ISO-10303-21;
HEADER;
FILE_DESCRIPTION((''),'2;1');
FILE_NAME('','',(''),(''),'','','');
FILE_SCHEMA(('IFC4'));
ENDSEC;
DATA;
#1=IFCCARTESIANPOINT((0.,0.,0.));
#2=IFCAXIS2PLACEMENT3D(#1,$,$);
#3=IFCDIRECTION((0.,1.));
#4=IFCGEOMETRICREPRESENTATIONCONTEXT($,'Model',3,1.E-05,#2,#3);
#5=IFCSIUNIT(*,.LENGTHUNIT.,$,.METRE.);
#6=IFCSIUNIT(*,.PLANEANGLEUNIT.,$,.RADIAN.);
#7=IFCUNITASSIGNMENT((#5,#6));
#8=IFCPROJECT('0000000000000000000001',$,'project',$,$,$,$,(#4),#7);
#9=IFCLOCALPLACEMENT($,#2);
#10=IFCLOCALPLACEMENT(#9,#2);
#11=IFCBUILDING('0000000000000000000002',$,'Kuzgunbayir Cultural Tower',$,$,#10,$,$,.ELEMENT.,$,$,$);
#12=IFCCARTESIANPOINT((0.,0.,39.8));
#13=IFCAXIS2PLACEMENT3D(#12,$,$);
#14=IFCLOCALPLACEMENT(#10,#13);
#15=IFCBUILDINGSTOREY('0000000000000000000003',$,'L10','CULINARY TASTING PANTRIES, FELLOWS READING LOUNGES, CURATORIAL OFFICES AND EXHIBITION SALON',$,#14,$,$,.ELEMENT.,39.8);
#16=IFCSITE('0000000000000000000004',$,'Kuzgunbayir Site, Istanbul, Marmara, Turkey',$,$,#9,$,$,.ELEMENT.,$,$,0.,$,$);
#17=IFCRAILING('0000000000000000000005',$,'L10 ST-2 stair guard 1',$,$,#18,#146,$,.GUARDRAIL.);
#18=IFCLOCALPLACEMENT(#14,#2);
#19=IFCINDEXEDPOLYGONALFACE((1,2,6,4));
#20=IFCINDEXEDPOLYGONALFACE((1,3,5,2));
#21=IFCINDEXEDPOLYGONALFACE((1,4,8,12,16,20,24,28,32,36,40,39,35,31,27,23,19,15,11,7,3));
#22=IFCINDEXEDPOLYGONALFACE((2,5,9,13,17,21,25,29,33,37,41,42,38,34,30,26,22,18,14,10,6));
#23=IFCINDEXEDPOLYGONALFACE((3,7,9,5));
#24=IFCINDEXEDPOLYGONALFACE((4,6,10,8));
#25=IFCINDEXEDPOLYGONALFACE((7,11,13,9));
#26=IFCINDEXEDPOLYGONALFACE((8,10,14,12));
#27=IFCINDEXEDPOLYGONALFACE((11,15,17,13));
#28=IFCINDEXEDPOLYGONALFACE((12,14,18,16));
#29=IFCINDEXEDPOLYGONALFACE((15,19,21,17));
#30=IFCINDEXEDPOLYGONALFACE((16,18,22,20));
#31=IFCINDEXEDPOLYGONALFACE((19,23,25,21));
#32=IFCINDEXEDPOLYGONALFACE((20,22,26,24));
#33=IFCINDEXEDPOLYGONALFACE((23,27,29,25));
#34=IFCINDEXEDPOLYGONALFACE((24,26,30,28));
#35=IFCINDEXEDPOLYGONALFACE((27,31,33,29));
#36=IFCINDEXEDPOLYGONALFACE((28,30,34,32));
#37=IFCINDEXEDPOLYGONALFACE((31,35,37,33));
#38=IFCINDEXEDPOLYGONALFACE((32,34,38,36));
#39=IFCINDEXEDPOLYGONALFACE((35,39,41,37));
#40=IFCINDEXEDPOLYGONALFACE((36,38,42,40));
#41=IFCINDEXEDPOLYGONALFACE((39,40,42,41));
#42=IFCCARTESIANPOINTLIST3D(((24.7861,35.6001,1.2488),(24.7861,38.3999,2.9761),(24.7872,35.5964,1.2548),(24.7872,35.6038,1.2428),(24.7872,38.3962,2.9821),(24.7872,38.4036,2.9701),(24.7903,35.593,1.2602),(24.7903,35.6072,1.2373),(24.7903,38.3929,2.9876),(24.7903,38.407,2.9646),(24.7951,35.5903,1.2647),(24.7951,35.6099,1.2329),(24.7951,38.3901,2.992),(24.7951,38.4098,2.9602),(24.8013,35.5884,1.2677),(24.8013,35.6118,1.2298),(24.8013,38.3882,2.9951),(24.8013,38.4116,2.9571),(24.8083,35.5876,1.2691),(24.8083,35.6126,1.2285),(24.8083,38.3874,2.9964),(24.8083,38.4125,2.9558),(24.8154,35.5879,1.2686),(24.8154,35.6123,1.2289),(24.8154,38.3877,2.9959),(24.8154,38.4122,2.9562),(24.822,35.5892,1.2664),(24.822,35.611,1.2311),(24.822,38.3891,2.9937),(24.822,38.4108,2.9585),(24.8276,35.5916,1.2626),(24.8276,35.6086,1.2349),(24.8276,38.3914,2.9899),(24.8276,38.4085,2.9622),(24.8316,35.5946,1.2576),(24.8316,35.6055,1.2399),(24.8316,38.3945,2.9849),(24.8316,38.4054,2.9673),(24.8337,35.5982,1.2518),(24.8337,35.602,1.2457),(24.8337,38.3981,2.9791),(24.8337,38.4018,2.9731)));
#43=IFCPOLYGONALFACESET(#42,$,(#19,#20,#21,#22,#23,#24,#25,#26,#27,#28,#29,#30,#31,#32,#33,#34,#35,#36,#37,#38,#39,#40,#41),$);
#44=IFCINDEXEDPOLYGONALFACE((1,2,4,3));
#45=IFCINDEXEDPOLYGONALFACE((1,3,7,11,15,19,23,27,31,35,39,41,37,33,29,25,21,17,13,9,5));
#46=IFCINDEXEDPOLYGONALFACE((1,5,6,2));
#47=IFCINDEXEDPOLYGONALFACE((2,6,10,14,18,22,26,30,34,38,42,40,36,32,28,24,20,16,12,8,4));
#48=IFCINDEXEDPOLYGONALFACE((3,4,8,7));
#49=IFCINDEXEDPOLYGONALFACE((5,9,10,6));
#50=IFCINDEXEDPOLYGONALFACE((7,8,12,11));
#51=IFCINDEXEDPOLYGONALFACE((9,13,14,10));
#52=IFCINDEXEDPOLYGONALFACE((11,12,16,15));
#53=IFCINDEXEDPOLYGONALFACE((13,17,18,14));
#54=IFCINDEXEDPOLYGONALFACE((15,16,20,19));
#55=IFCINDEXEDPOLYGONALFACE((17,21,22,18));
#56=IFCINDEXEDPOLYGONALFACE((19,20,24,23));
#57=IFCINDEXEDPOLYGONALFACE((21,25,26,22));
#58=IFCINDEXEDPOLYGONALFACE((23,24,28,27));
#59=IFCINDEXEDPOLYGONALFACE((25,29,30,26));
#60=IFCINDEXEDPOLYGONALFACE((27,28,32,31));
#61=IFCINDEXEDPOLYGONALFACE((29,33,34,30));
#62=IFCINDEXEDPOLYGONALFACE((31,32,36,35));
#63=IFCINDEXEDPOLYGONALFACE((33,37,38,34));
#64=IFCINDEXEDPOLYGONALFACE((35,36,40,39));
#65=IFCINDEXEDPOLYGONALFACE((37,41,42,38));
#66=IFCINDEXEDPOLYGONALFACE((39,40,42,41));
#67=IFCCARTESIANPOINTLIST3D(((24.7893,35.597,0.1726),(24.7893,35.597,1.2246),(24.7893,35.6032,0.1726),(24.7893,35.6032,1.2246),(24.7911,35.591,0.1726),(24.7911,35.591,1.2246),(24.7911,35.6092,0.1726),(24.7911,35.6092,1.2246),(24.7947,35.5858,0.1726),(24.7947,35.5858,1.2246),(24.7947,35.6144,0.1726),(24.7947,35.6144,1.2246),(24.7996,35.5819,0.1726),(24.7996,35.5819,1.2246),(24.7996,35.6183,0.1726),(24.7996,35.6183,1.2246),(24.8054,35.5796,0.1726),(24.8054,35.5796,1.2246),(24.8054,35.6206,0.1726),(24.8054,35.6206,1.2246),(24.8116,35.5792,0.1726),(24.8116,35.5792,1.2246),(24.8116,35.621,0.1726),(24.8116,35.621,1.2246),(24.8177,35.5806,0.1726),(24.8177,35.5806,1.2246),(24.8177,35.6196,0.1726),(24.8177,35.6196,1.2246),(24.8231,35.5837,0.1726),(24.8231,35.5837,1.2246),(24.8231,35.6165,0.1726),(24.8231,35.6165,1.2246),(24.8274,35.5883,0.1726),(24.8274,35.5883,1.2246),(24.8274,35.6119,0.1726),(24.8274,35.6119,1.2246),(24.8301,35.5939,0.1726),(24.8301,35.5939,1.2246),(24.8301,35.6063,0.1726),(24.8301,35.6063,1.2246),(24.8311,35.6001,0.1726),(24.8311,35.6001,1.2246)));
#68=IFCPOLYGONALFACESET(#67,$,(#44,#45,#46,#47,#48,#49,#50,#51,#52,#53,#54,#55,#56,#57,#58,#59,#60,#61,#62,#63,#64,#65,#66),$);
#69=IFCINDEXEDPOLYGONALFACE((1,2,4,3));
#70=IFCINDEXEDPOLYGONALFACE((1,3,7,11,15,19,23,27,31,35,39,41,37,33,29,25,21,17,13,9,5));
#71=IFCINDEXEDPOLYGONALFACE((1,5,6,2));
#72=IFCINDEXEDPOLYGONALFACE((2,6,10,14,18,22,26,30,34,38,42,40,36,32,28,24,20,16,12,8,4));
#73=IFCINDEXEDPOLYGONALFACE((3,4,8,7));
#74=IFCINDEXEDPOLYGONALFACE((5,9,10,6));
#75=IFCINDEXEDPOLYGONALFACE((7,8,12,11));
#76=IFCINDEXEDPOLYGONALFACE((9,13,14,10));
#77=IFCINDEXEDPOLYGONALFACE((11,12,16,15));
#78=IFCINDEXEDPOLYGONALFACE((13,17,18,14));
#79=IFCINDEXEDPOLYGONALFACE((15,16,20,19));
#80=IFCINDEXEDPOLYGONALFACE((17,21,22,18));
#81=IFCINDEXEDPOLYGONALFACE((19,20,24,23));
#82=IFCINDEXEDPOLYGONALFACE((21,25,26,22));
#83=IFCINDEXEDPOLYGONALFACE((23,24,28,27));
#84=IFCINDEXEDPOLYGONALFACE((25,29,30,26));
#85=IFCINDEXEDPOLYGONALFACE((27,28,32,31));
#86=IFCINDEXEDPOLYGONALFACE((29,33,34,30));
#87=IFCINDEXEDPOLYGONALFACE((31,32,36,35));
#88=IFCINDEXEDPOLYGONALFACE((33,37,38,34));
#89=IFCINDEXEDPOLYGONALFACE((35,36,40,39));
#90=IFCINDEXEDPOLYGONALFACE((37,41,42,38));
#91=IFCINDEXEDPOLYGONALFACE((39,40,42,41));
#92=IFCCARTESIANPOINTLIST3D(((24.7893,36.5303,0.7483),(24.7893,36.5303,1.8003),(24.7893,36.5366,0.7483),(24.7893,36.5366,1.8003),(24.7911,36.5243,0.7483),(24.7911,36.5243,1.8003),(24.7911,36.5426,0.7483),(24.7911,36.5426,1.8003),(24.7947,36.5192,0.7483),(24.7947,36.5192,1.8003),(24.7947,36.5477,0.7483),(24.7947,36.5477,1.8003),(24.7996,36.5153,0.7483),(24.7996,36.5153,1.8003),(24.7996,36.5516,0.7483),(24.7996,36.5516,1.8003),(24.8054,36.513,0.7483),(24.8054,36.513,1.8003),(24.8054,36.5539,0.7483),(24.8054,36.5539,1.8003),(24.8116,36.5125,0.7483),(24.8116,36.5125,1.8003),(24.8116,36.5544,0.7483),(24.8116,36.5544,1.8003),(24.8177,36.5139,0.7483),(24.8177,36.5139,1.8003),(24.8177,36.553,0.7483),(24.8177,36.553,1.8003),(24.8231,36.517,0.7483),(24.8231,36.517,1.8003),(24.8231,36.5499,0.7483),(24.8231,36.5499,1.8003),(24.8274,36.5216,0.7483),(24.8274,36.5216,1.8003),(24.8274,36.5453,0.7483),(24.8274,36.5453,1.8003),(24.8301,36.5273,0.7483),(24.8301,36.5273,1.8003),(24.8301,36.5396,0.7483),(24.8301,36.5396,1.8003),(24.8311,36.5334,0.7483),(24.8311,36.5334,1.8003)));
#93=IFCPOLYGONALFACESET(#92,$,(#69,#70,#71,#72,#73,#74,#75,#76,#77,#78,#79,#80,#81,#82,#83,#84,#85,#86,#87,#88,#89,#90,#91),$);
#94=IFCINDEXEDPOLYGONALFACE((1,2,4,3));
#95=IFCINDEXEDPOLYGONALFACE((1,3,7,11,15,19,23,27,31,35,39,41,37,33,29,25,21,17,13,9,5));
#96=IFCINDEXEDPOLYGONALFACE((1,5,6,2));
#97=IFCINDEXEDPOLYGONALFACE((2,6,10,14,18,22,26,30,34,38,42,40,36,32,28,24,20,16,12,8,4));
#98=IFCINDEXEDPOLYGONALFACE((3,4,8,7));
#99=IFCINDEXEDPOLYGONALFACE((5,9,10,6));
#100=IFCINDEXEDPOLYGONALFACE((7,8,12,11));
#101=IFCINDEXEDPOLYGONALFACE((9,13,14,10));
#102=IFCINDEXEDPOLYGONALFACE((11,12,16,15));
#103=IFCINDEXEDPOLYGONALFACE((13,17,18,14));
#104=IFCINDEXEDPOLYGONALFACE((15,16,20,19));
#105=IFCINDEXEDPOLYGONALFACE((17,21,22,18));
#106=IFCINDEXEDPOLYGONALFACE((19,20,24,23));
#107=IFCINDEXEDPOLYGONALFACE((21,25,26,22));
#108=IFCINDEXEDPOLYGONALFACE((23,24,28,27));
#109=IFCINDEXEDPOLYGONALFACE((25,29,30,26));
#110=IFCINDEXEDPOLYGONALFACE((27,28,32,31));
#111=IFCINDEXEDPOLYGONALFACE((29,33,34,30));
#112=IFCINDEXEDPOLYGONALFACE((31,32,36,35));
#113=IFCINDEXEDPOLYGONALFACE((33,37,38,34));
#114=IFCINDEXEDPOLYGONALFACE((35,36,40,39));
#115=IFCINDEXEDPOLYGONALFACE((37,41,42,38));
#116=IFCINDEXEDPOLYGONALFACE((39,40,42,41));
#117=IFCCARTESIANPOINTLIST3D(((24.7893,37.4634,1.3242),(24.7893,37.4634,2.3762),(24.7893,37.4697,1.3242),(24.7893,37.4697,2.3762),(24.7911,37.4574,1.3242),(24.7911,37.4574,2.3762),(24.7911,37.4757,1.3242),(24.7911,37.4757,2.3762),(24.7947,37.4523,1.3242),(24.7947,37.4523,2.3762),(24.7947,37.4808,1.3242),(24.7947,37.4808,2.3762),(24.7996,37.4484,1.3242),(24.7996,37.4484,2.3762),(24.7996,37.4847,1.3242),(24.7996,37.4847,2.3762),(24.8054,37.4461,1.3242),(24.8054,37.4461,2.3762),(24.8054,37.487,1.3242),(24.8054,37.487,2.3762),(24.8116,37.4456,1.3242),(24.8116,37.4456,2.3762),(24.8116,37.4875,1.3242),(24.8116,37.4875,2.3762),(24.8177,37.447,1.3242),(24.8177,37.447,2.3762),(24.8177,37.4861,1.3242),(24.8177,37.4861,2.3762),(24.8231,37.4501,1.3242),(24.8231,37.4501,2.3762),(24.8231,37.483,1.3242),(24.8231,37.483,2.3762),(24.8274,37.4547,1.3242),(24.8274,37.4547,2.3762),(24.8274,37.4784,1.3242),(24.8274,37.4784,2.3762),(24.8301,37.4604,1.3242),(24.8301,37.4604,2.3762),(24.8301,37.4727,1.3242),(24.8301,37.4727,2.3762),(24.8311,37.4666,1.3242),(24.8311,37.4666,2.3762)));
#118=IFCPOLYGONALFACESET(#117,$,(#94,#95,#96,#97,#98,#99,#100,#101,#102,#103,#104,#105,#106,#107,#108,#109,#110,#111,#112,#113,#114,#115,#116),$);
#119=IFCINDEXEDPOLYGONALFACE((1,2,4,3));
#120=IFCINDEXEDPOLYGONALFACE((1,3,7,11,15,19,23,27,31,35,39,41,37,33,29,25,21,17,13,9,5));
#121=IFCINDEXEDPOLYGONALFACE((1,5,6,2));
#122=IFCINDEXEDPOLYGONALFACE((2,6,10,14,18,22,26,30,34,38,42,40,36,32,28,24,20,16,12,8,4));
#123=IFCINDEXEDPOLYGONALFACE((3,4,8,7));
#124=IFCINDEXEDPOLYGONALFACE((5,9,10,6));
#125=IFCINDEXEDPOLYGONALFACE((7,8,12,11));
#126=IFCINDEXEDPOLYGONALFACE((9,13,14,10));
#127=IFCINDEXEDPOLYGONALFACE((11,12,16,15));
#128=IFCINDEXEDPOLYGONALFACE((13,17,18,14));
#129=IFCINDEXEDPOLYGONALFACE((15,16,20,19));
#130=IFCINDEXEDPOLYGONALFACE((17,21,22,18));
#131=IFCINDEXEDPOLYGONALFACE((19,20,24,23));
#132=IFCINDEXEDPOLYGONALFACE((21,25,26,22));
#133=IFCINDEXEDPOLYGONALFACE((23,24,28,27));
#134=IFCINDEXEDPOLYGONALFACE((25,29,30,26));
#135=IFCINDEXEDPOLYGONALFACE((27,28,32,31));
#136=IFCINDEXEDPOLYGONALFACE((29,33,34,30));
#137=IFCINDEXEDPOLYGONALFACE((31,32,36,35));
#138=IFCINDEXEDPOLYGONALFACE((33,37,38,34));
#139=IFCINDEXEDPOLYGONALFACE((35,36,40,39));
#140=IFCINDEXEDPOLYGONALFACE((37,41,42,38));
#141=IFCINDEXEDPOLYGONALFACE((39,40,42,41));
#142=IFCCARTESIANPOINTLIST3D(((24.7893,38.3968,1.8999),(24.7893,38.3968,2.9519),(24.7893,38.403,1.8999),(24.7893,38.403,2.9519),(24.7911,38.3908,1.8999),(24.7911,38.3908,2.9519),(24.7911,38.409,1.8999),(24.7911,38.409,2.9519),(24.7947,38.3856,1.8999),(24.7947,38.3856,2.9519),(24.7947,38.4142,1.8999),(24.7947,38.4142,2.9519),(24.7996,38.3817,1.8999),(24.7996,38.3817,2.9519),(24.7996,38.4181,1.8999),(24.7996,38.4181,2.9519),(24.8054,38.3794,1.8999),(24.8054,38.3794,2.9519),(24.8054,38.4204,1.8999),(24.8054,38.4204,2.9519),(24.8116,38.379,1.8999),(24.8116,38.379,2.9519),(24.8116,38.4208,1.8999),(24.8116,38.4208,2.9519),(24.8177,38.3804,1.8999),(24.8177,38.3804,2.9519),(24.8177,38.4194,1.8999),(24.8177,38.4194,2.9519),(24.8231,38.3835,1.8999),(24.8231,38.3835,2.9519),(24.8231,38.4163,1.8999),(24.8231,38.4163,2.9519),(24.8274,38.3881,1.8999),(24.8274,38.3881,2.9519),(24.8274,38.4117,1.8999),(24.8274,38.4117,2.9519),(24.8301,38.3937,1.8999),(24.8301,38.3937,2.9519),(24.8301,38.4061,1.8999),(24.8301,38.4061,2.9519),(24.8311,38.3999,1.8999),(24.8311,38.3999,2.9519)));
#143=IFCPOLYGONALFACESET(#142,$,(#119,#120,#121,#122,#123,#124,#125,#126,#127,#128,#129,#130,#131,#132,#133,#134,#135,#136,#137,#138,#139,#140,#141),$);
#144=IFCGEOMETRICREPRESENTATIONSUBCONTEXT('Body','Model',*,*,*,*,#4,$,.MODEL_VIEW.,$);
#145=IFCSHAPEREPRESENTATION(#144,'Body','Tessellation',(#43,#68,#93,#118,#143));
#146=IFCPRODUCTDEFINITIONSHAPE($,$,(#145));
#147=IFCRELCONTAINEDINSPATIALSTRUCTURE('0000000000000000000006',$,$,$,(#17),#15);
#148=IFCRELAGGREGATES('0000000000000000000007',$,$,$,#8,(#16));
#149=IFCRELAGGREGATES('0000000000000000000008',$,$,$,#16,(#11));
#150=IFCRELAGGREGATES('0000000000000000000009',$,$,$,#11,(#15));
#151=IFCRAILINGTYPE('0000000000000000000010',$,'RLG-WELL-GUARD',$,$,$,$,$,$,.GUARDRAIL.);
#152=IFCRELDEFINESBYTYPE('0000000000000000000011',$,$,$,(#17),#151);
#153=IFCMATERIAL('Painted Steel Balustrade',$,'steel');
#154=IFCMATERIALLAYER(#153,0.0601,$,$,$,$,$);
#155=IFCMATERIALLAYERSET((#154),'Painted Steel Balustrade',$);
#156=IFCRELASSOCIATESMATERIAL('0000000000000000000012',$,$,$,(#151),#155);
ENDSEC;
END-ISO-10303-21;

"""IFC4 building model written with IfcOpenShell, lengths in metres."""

from ifc_helpers import new_model, si_unit, direction, frame, origin, origin_2d, place, context, subcontext, project, spatial, circle, extrude, material, layer, layer_set, type_object, element, save


model = new_model("IFC4")

# Units and contexts
model_context = context("Model", 3, precision=1e-05, world=origin(), true_north=direction((0.0, 1.0)))
body_context = subcontext(model_context, "Body", "Model", "MODEL_VIEW")
ifc_project = project(units=[si_unit("LENGTHUNIT", "METRE"), si_unit("PLANEANGLEUNIT", "RADIAN")], contexts=[model_context])

# Site, building, storey
site_placement = place(None, origin())
site = spatial("IfcSite", under=ifc_project, at=site_placement, Name="Kuzgunbayir Site, Istanbul, Marmara, Turkey", CompositionType="ELEMENT", RefElevation=0.0)
building_placement = place(site_placement, origin())
building = spatial("IfcBuilding", under=site, at=building_placement, Name="Kuzgunbayir Cultural Tower", CompositionType="ELEMENT")
storey_placement = place(building_placement, frame((0.0, 0.0, 39.8)))
storey = spatial("IfcBuildingStorey", under=building, at=storey_placement, Name="L10", Description="CULINARY TASTING PANTRIES, FELLOWS READING LOUNGES, CURATORIAL OFFICES AND EXHIBITION SALON", CompositionType="ELEMENT", Elevation=39.8)

# Railing
ifc_material_1 = material(Name="Painted Steel Balustrade", Category="steel")
ifc_layer_1 = layer(ifc_material_1, 0.0601)
ifc_layer_set_1 = layer_set([ifc_layer_1], Name="Painted Steel Balustrade")
railing_type_1 = type_object("IfcRailingType", Name="RLG-WELL-GUARD", PredefinedType="GUARDRAIL", material=ifc_layer_set_1)
railing_1_placement = place(storey_placement, frame((24.8101, 35.6001, 0.1726)))
element("IfcRailing", 1, at=railing_1_placement, inside=storey, type_object=railing_type_1, Name="L10 ST-2 stair guard 1", PredefinedType="GUARDRAIL", context=body_context, shape_type="SweptSolid", body=[
    extrude(circle(Radius=0.0239, at=origin_2d()), frame((0.0, 0.0, 1.0762), z_axis=(0.0, 0.851069, 0.525054), x_axis=(-1.0, 0.0, 0.0)), (0.0, 0.0, 1.0), 3.2898),
    extrude(circle(Radius=0.021, at=origin_2d()), origin(), (0.0, 0.0, 1.0), 1.052),
    extrude(circle(Radius=0.021, at=origin_2d()), frame((0.0, 0.9333, 0.5757)), (0.0, 0.0, 1.0), 1.052),
    extrude(circle(Radius=0.021, at=origin_2d()), frame((0.0, 1.8665, 1.1516)), (0.0, 0.0, 1.0), 1.052),
    extrude(circle(Radius=0.021, at=origin_2d()), frame((0.0, 2.7998, 1.7273)), (0.0, 0.0, 1.0), 1.052),
])

save(model, "model.ifc")
